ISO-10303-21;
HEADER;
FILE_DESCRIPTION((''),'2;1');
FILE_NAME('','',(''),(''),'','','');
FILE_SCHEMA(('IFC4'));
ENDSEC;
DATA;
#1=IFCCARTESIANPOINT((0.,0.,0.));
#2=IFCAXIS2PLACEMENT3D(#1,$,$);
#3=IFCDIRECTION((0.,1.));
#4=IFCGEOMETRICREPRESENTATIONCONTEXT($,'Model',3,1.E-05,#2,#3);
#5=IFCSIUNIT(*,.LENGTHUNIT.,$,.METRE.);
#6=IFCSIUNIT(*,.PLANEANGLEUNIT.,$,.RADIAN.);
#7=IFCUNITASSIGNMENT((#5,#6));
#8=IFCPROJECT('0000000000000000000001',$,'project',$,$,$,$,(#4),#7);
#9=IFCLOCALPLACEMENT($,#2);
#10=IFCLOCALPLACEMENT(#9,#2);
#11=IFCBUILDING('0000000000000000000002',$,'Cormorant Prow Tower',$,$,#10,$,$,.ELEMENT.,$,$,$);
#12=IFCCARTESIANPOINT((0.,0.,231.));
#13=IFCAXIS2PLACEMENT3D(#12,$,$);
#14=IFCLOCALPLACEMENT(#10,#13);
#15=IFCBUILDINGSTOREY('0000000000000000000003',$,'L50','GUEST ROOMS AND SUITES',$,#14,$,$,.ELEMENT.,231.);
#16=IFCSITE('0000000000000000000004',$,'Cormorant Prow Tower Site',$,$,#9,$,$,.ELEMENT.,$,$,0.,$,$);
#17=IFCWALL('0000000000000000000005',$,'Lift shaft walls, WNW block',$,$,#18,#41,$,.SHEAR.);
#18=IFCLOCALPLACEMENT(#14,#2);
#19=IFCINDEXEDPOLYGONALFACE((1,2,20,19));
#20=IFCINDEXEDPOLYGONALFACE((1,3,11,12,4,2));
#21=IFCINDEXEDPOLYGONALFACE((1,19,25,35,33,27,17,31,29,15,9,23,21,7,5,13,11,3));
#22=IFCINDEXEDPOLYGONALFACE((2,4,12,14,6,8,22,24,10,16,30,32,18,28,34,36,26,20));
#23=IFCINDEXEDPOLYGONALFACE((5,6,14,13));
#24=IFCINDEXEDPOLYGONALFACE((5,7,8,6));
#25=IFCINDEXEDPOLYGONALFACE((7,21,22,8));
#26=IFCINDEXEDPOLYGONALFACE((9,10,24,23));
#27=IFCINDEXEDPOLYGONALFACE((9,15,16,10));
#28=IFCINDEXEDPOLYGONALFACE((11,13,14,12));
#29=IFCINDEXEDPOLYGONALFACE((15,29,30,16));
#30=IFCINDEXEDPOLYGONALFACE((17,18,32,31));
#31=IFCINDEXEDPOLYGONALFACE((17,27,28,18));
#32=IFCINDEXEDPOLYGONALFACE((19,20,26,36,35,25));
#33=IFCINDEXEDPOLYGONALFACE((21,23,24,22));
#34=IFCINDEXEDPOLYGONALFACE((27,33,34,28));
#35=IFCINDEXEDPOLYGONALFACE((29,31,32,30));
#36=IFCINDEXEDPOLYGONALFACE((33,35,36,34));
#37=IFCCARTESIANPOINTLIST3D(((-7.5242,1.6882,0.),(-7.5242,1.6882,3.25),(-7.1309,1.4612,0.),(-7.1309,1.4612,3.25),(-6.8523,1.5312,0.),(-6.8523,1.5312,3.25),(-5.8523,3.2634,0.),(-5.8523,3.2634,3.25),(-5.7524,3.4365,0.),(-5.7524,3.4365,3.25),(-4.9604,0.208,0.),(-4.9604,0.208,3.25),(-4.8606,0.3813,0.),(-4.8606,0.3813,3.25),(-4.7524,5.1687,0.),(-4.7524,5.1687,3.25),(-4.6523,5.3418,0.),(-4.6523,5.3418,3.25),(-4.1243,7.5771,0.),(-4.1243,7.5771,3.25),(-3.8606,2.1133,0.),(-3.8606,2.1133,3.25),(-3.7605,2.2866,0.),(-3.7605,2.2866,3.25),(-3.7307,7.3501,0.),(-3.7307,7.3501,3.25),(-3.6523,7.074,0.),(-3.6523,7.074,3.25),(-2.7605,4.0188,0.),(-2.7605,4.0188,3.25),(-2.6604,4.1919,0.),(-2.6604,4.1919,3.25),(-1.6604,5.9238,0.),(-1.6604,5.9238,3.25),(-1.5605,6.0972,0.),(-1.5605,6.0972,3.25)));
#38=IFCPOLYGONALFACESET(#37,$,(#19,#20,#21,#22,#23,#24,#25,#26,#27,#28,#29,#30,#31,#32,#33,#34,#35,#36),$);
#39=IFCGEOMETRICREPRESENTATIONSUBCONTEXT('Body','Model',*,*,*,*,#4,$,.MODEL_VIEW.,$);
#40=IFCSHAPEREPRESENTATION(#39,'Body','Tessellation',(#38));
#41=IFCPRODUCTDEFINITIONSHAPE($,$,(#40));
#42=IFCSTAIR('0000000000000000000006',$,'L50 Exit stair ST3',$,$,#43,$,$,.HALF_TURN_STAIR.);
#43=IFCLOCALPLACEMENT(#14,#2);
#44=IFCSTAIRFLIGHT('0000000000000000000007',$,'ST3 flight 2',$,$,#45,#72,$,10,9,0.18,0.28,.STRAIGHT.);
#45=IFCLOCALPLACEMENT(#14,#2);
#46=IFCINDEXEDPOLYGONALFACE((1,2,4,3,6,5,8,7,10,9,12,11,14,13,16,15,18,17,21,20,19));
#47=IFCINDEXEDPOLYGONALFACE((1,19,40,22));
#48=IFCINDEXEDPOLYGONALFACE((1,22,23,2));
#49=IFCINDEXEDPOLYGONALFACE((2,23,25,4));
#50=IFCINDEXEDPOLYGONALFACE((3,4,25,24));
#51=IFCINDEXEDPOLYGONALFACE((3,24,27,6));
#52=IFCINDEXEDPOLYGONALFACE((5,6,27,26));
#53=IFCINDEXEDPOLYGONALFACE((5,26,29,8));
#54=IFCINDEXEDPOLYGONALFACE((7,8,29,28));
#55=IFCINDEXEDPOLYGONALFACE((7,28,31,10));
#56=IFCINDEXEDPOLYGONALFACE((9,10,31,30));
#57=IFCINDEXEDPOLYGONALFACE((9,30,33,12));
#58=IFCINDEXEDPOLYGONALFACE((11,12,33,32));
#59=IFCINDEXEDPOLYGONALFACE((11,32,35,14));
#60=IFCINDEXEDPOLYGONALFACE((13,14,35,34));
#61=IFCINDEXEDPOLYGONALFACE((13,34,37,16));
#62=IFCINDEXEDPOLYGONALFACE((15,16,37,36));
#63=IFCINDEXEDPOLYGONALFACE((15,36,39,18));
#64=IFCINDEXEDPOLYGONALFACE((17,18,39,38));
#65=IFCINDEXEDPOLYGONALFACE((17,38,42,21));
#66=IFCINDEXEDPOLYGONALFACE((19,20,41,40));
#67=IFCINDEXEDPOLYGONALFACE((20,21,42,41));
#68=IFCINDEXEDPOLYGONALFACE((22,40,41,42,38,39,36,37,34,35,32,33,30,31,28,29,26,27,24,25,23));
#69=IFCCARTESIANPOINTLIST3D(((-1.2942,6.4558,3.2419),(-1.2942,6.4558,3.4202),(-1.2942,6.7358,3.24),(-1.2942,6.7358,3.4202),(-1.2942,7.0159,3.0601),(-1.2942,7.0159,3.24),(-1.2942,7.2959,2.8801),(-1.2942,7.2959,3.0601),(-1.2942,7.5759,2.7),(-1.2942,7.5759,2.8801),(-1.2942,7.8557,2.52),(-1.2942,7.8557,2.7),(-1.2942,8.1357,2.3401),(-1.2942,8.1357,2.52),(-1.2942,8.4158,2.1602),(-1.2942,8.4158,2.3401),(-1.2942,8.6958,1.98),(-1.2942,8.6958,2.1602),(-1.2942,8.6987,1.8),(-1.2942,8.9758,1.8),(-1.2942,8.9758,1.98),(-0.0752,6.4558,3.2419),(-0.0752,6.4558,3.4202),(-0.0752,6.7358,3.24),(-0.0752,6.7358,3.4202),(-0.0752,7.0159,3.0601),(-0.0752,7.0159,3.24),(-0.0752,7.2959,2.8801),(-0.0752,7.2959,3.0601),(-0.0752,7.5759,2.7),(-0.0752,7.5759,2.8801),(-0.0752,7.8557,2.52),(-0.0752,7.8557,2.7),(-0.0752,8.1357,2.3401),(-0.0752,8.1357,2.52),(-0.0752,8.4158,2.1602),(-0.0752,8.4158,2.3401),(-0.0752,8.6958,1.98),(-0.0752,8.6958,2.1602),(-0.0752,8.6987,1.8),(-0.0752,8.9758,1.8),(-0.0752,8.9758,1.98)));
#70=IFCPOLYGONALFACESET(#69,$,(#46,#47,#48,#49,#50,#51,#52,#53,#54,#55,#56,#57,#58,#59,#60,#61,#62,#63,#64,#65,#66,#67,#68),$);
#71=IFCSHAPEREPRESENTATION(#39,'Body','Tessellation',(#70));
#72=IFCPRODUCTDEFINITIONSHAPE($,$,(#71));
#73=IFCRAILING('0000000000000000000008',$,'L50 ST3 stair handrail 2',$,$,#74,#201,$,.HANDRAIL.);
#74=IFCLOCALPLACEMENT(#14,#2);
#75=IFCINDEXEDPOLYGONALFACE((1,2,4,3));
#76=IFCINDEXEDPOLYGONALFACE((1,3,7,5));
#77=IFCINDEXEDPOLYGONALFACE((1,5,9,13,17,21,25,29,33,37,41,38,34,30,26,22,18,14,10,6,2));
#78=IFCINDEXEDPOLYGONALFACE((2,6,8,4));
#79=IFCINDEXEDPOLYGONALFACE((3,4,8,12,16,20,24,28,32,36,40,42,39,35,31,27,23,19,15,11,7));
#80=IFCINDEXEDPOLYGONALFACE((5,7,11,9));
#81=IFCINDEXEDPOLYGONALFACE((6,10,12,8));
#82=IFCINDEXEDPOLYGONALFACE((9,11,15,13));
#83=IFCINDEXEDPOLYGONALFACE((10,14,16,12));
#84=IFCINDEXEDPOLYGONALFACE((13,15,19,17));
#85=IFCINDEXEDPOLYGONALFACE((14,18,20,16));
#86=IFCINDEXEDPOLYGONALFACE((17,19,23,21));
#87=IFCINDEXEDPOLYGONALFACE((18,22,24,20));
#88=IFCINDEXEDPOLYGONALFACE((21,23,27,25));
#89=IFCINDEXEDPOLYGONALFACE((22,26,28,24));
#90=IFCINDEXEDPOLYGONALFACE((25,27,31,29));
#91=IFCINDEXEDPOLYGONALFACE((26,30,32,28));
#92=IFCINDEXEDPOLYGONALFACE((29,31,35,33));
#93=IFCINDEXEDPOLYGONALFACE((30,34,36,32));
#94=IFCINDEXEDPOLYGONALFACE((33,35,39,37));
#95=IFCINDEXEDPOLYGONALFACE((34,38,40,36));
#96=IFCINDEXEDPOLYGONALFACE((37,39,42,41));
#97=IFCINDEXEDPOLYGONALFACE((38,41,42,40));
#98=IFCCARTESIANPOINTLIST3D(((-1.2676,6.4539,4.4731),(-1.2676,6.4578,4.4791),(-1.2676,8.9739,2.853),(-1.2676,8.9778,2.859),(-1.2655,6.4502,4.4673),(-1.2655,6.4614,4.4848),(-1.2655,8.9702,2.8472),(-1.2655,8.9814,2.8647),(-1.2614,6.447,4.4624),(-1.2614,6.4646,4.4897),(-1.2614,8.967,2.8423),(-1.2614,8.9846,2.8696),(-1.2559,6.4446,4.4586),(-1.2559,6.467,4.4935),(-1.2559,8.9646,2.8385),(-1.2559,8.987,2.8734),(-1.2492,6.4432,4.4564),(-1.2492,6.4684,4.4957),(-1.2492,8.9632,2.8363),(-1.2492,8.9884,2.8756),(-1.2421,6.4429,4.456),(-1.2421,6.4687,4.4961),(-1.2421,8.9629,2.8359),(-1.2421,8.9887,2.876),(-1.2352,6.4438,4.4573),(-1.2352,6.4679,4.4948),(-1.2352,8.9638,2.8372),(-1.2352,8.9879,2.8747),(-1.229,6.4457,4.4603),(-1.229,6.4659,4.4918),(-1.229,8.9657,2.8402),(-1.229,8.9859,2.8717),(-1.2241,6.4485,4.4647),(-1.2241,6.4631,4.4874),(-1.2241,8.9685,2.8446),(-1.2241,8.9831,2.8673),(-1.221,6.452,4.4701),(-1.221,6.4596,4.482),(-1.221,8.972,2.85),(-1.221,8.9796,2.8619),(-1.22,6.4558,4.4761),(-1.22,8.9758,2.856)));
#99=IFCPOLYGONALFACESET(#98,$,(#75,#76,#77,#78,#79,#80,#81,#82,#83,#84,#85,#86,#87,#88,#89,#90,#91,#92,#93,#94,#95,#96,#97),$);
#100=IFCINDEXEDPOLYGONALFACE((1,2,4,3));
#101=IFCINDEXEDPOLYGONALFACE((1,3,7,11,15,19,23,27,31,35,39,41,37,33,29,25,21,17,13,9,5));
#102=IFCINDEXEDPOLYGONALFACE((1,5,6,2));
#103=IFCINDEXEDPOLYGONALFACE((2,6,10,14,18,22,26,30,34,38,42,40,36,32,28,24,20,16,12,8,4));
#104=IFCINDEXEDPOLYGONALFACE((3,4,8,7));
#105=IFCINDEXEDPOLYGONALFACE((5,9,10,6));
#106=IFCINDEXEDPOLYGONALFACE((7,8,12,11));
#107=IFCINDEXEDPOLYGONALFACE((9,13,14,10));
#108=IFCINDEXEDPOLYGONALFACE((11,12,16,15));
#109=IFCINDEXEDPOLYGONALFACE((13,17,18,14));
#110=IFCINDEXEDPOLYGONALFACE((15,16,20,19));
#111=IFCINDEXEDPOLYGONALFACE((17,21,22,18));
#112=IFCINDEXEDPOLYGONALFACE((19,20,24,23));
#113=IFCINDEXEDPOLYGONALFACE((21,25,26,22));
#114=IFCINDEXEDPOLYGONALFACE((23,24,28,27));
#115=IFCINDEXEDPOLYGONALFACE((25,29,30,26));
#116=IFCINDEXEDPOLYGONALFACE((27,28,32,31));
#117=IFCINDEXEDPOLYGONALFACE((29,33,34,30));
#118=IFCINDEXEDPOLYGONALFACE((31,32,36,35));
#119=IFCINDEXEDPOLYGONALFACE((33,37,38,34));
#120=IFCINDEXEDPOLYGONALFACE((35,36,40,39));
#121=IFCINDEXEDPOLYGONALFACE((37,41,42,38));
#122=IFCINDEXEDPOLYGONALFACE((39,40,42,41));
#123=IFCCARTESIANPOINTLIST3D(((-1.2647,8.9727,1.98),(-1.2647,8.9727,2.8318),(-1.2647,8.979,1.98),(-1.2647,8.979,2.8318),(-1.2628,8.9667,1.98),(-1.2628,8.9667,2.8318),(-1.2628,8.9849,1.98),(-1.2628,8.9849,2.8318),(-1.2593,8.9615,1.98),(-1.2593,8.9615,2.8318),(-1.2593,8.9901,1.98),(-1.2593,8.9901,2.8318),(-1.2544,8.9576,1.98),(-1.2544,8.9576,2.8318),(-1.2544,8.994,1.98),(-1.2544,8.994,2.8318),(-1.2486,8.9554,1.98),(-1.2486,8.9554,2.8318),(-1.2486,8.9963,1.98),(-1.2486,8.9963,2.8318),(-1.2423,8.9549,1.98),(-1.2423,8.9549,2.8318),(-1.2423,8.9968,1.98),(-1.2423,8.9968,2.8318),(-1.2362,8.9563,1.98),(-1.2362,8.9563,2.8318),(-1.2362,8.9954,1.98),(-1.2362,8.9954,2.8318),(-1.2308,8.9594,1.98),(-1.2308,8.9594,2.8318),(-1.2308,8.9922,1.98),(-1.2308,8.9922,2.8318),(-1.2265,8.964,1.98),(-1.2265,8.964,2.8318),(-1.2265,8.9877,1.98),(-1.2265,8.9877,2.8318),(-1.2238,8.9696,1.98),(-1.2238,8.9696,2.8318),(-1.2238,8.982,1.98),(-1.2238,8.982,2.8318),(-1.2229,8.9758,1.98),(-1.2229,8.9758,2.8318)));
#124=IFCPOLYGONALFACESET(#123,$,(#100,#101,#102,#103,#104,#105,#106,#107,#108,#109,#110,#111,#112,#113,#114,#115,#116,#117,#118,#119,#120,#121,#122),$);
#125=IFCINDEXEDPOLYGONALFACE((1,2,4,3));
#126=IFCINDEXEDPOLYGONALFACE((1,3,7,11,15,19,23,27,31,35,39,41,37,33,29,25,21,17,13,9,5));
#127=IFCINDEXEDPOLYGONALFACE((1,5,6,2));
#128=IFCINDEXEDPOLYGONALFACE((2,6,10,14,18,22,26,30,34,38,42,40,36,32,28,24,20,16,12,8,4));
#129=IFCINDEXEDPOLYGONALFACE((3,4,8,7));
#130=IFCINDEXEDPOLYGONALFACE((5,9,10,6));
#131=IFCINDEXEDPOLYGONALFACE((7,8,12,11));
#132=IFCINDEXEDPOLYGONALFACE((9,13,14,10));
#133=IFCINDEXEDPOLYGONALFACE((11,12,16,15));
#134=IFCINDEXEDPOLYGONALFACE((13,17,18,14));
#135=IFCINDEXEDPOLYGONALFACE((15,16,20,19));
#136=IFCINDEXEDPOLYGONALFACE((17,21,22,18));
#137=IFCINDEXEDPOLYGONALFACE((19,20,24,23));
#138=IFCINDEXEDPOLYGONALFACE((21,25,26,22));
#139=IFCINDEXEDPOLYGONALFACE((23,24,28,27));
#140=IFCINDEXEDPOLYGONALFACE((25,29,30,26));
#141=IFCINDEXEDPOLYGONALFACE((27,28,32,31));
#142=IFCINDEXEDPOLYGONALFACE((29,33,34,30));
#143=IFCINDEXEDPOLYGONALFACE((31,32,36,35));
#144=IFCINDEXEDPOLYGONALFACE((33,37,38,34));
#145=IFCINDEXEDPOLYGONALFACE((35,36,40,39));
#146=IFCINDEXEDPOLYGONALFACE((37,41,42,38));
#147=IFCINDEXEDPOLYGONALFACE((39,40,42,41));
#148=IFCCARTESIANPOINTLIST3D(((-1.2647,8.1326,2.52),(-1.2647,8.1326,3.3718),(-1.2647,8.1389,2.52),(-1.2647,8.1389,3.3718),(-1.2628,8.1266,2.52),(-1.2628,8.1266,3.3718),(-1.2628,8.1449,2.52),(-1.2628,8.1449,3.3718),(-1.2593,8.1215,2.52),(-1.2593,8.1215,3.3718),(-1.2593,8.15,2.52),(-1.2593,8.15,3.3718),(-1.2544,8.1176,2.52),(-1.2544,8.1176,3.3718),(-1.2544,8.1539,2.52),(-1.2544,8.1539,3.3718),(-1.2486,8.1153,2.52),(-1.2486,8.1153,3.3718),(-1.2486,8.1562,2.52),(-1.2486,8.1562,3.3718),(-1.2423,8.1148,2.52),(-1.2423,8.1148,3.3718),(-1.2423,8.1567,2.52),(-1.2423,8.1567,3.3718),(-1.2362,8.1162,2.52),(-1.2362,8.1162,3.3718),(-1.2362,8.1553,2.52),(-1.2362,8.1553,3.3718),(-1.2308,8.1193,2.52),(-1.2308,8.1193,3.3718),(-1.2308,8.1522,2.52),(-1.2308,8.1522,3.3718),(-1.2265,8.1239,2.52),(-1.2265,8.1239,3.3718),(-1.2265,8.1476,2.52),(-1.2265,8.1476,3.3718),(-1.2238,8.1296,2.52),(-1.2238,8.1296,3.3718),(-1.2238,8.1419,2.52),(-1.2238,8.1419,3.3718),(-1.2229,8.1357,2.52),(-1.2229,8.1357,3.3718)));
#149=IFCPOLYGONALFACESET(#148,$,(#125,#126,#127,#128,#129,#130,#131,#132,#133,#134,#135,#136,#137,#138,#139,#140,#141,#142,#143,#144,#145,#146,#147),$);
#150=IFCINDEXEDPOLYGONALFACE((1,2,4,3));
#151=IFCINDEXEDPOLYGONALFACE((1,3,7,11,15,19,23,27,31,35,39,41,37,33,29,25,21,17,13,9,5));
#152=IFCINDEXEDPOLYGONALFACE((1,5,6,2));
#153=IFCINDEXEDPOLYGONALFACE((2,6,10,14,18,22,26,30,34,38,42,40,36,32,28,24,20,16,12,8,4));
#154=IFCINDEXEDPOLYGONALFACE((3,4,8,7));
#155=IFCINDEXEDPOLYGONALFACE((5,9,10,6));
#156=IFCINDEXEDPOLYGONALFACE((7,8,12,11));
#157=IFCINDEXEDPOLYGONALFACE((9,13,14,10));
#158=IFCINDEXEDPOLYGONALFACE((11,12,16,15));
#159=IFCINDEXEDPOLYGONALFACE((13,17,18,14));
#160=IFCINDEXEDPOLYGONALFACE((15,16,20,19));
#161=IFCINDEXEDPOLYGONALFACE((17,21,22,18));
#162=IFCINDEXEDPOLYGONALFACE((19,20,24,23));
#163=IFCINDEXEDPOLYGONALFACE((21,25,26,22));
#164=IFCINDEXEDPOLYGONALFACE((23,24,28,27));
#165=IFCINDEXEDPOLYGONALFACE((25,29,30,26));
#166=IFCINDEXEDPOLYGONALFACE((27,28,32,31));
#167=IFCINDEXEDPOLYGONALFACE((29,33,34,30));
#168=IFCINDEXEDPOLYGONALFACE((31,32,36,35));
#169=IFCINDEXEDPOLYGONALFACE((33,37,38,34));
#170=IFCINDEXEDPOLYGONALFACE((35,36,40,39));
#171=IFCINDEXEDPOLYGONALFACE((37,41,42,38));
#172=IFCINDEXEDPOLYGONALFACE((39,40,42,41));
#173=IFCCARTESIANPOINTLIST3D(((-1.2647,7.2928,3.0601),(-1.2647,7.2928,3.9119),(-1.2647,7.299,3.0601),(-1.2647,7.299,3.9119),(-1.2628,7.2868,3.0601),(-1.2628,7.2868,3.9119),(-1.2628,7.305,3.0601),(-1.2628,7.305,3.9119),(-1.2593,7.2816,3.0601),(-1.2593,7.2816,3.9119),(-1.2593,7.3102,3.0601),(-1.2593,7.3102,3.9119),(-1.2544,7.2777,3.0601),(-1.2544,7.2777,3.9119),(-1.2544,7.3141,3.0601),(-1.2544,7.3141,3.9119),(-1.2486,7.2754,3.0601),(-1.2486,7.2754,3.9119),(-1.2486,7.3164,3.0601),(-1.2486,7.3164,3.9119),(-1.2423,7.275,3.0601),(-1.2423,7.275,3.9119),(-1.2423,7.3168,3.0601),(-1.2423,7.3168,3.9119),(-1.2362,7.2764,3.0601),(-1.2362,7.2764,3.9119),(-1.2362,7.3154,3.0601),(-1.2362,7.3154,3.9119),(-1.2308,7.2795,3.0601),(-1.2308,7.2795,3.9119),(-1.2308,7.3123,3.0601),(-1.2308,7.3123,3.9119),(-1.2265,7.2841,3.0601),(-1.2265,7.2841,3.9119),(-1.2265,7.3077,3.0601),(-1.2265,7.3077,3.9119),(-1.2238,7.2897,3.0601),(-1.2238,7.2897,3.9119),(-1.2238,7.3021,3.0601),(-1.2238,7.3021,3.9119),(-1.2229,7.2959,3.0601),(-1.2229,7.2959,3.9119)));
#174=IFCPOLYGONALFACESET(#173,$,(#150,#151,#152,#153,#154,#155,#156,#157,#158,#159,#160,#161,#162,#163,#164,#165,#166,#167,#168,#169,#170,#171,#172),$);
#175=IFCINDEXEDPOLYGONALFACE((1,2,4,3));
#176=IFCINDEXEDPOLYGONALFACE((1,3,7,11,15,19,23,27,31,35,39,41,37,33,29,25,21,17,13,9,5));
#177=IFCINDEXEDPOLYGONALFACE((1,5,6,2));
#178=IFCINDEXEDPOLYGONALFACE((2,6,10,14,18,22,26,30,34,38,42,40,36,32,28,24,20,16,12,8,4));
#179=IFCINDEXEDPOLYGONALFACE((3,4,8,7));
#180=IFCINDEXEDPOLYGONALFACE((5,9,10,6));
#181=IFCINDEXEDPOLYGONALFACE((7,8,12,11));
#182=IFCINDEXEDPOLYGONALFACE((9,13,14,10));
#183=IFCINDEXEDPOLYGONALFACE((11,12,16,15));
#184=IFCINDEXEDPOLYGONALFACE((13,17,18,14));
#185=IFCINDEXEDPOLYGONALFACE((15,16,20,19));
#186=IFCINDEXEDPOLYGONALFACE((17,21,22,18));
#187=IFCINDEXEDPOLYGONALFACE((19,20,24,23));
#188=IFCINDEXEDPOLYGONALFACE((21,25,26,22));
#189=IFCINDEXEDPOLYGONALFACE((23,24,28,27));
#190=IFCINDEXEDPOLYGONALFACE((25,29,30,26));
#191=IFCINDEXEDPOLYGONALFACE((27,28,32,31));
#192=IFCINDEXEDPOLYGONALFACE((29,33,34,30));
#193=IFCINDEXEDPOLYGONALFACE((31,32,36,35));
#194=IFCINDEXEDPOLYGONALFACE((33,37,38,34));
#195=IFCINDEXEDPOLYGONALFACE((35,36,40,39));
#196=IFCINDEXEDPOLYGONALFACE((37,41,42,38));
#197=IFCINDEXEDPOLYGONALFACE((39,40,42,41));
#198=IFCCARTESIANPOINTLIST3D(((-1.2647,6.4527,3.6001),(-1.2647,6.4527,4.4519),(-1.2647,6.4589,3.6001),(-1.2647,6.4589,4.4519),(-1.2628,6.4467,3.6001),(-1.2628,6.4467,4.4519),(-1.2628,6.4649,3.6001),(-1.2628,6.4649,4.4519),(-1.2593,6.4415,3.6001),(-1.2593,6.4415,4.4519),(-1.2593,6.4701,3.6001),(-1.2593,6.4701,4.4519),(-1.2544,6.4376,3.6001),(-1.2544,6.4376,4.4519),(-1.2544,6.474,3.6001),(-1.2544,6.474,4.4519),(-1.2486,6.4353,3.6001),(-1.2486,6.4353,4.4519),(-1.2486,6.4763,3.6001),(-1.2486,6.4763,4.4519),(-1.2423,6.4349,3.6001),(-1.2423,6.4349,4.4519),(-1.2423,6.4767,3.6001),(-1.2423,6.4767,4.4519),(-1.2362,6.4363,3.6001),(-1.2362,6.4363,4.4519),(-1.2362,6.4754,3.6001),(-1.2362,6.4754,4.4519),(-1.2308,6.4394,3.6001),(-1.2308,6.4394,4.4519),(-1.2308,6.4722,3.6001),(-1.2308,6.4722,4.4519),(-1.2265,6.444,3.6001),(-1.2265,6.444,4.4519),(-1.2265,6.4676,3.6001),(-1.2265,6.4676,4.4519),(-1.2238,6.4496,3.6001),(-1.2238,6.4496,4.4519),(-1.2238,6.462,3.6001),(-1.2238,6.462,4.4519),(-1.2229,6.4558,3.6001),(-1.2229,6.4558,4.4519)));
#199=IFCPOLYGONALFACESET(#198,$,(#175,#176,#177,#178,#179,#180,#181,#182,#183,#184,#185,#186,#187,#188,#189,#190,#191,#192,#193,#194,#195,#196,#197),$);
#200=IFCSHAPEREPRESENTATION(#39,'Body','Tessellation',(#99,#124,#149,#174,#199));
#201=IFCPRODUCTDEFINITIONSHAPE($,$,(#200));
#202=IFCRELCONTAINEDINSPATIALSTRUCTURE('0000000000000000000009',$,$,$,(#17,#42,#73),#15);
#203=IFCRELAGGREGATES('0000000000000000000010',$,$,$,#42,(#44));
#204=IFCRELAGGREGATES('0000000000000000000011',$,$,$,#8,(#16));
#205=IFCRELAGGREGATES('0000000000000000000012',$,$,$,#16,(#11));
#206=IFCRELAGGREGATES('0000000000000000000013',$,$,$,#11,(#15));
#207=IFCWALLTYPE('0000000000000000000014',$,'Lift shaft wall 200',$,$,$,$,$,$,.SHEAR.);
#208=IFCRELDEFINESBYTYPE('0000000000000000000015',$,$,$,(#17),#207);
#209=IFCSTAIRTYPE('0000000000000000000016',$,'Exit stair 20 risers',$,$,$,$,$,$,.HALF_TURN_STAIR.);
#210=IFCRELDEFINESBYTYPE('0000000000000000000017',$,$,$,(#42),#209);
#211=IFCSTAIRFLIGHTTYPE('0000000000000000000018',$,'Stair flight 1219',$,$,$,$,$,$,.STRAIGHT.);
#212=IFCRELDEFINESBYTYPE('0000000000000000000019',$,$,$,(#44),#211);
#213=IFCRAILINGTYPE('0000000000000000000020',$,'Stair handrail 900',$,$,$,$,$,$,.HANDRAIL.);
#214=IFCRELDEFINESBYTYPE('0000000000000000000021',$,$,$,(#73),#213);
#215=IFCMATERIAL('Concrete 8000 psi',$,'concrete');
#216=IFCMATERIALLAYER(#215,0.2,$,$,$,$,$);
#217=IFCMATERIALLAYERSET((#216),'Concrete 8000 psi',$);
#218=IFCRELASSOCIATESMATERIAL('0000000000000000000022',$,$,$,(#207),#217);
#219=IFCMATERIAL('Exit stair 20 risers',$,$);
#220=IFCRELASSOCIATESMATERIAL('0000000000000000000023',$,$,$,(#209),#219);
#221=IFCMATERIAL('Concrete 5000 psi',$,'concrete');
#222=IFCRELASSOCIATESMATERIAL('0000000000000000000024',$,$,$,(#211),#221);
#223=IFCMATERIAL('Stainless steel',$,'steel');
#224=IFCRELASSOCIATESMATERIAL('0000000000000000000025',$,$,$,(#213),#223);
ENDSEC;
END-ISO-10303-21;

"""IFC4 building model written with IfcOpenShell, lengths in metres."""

from ifc_helpers import new_model, si_unit, direction, frame, origin, origin_2d, place, context, subcontext, project, spatial, polyline, circle, outline, extrude, material, layer, layer_set, type_object, element, aggregate, save


model = new_model("IFC4")

# Units and contexts
model_context = context("Model", 3, precision=1e-05, world=origin(), true_north=direction((0.0, 1.0)))
body_context = subcontext(model_context, "Body", "Model", "MODEL_VIEW")
ifc_project = project(units=[si_unit("LENGTHUNIT", "METRE"), si_unit("PLANEANGLEUNIT", "RADIAN")], contexts=[model_context])

# Site, building, storey
site_placement = place(None, origin())
site = spatial("IfcSite", under=ifc_project, at=site_placement, Name="Cormorant Prow Tower Site", CompositionType="ELEMENT", RefElevation=0.0)
building_placement = place(site_placement, origin())
building = spatial("IfcBuilding", under=site, at=building_placement, Name="Cormorant Prow Tower", CompositionType="ELEMENT")
storey_placement = place(building_placement, frame((0.0, 0.0, 231.0)))
storey = spatial("IfcBuildingStorey", under=building, at=storey_placement, Name="L50", Description="GUEST ROOMS AND SUITES", CompositionType="ELEMENT", Elevation=231.0)

# Wall
ifc_material_1 = material(Name="Concrete 8000 psi", Category="concrete")
ifc_layer_1 = layer(ifc_material_1, 0.2)
ifc_layer_set_1 = layer_set([ifc_layer_1], Name="Concrete 8000 psi")
wall_type_1 = type_object("IfcWallType", Name="Lift shaft wall 200", PredefinedType="SHEAR", material=ifc_layer_set_1)
wall_1_placement = place(storey_placement, origin())
element("IfcWall", 1, at=wall_1_placement, inside=storey, type_object=wall_type_1, Name="Lift shaft walls, WNW block", PredefinedType="SHEAR", context=body_context, shape_type="SweptSolid", body=[
    extrude(outline(polyline([(-7.5242, 1.6882), (-4.1243, 7.5771), (-3.7307, 7.3501), (-1.5605, 6.0972), (-1.6604, 5.9238), (-3.6523, 7.074), (-4.6523, 5.3418), (-2.6604, 4.1919), (-2.7605, 4.0188), (-4.7524, 5.1687), (-5.7524, 3.4365), (-3.7605, 2.2866), (-3.8606, 2.1133), (-5.8523, 3.2634), (-6.8523, 1.5312), (-4.8606, 0.3813), (-4.9604, 0.208), (-7.1309, 1.4612), (-7.5242, 1.6882)])), origin(), (0.0, 0.0, 1.0), 3.25),
])

# Stair, stair flight
ifc_material_2 = material(Name="Exit stair 20 risers")
stair_type = type_object("IfcStairType", Name="Exit stair 20 risers", PredefinedType="HALF_TURN_STAIR", material=ifc_material_2)
stair_placement = place(storey_placement, origin())
stair = element("IfcStair", 2, at=stair_placement, inside=storey, type_object=stair_type, Name="L50 Exit stair ST3", PredefinedType="HALF_TURN_STAIR")
ifc_material_3 = material(Name="Concrete 5000 psi", Category="concrete")
stair_flight_type = type_object("IfcStairFlightType", Name="Stair flight 1219", PredefinedType="STRAIGHT", material=ifc_material_3)
stair_flight_placement = place(storey_placement, frame((-0.6846, 8.9758, 1.8), z_axis=(0.0, 0.0, 1.0), x_axis=(0.0, -1.0, 0.0)))
stair_flight = element("IfcStairFlight", 3, at=stair_flight_placement, type_object=stair_flight_type, Name="ST3 flight 2", NumberOfRisers=10, NumberOfTreads=9, PredefinedType="STRAIGHT", RiserHeight=0.18, TreadLength=0.28, context=body_context, shape_type="SweptSolid", body=[
    extrude(outline(polyline([(0.0, 0.0), (0.0, 0.1799), (0.28, 0.1799), (0.28, 0.3601), (0.5601, 0.3601), (0.5601, 0.54), (0.8401, 0.54), (0.8401, 0.72), (1.1201, 0.72), (1.1201, 0.8999), (1.3999, 0.8999), (1.3999, 1.0801), (1.6799, 1.0801), (1.6799, 1.26), (1.96, 1.26), (1.96, 1.4399), (2.24, 1.4399), (2.24, 1.6201), (2.52, 1.6201), (2.52, 1.8), (2.52, 1.4419), (0.2771, 0.0), (0.0, 0.0)])), frame((0.0, 0.6094, 0.0), z_axis=(0.0, -1.0, 0.0), x_axis=(1.0, 0.0, 0.0)), (0.0, 0.0, 1.0), 1.219),
])
aggregate(stair, [stair_flight])

# Railing
ifc_material_4 = material(Name="Stainless steel", Category="steel")
railing_type = type_object("IfcRailingType", Name="Stair handrail 900", PredefinedType="HANDRAIL", material=ifc_material_4)
railing_placement = place(storey_placement, frame((-1.2439, 8.9758, 1.98)))
element("IfcRailing", 4, at=railing_placement, inside=storey, type_object=railing_type, Name="L50 ST3 stair handrail 2", PredefinedType="HANDRAIL", context=body_context, shape_type="SweptSolid", body=[
    extrude(circle(Radius=0.0239, at=origin_2d()), frame((0.0, 0.0, 0.876), z_axis=(0.0, -0.841163, 0.540782), x_axis=(1.0, 0.0, 0.0)), (0.0, 0.0, 1.0), 2.9958),
    extrude(circle(Radius=0.021, at=origin_2d()), origin(), (0.0, 0.0, 1.0), 0.8518),
    extrude(circle(Radius=0.021, at=origin_2d()), frame((0.0, -0.8401, 0.54)), (0.0, 0.0, 1.0), 0.8518),
    extrude(circle(Radius=0.021, at=origin_2d()), frame((0.0, -1.6799, 1.0801)), (0.0, 0.0, 1.0), 0.8518),
    extrude(circle(Radius=0.021, at=origin_2d()), frame((0.0, -2.52, 1.6201)), (0.0, 0.0, 1.0), 0.8518),
])

save(model, "model.ifc")
